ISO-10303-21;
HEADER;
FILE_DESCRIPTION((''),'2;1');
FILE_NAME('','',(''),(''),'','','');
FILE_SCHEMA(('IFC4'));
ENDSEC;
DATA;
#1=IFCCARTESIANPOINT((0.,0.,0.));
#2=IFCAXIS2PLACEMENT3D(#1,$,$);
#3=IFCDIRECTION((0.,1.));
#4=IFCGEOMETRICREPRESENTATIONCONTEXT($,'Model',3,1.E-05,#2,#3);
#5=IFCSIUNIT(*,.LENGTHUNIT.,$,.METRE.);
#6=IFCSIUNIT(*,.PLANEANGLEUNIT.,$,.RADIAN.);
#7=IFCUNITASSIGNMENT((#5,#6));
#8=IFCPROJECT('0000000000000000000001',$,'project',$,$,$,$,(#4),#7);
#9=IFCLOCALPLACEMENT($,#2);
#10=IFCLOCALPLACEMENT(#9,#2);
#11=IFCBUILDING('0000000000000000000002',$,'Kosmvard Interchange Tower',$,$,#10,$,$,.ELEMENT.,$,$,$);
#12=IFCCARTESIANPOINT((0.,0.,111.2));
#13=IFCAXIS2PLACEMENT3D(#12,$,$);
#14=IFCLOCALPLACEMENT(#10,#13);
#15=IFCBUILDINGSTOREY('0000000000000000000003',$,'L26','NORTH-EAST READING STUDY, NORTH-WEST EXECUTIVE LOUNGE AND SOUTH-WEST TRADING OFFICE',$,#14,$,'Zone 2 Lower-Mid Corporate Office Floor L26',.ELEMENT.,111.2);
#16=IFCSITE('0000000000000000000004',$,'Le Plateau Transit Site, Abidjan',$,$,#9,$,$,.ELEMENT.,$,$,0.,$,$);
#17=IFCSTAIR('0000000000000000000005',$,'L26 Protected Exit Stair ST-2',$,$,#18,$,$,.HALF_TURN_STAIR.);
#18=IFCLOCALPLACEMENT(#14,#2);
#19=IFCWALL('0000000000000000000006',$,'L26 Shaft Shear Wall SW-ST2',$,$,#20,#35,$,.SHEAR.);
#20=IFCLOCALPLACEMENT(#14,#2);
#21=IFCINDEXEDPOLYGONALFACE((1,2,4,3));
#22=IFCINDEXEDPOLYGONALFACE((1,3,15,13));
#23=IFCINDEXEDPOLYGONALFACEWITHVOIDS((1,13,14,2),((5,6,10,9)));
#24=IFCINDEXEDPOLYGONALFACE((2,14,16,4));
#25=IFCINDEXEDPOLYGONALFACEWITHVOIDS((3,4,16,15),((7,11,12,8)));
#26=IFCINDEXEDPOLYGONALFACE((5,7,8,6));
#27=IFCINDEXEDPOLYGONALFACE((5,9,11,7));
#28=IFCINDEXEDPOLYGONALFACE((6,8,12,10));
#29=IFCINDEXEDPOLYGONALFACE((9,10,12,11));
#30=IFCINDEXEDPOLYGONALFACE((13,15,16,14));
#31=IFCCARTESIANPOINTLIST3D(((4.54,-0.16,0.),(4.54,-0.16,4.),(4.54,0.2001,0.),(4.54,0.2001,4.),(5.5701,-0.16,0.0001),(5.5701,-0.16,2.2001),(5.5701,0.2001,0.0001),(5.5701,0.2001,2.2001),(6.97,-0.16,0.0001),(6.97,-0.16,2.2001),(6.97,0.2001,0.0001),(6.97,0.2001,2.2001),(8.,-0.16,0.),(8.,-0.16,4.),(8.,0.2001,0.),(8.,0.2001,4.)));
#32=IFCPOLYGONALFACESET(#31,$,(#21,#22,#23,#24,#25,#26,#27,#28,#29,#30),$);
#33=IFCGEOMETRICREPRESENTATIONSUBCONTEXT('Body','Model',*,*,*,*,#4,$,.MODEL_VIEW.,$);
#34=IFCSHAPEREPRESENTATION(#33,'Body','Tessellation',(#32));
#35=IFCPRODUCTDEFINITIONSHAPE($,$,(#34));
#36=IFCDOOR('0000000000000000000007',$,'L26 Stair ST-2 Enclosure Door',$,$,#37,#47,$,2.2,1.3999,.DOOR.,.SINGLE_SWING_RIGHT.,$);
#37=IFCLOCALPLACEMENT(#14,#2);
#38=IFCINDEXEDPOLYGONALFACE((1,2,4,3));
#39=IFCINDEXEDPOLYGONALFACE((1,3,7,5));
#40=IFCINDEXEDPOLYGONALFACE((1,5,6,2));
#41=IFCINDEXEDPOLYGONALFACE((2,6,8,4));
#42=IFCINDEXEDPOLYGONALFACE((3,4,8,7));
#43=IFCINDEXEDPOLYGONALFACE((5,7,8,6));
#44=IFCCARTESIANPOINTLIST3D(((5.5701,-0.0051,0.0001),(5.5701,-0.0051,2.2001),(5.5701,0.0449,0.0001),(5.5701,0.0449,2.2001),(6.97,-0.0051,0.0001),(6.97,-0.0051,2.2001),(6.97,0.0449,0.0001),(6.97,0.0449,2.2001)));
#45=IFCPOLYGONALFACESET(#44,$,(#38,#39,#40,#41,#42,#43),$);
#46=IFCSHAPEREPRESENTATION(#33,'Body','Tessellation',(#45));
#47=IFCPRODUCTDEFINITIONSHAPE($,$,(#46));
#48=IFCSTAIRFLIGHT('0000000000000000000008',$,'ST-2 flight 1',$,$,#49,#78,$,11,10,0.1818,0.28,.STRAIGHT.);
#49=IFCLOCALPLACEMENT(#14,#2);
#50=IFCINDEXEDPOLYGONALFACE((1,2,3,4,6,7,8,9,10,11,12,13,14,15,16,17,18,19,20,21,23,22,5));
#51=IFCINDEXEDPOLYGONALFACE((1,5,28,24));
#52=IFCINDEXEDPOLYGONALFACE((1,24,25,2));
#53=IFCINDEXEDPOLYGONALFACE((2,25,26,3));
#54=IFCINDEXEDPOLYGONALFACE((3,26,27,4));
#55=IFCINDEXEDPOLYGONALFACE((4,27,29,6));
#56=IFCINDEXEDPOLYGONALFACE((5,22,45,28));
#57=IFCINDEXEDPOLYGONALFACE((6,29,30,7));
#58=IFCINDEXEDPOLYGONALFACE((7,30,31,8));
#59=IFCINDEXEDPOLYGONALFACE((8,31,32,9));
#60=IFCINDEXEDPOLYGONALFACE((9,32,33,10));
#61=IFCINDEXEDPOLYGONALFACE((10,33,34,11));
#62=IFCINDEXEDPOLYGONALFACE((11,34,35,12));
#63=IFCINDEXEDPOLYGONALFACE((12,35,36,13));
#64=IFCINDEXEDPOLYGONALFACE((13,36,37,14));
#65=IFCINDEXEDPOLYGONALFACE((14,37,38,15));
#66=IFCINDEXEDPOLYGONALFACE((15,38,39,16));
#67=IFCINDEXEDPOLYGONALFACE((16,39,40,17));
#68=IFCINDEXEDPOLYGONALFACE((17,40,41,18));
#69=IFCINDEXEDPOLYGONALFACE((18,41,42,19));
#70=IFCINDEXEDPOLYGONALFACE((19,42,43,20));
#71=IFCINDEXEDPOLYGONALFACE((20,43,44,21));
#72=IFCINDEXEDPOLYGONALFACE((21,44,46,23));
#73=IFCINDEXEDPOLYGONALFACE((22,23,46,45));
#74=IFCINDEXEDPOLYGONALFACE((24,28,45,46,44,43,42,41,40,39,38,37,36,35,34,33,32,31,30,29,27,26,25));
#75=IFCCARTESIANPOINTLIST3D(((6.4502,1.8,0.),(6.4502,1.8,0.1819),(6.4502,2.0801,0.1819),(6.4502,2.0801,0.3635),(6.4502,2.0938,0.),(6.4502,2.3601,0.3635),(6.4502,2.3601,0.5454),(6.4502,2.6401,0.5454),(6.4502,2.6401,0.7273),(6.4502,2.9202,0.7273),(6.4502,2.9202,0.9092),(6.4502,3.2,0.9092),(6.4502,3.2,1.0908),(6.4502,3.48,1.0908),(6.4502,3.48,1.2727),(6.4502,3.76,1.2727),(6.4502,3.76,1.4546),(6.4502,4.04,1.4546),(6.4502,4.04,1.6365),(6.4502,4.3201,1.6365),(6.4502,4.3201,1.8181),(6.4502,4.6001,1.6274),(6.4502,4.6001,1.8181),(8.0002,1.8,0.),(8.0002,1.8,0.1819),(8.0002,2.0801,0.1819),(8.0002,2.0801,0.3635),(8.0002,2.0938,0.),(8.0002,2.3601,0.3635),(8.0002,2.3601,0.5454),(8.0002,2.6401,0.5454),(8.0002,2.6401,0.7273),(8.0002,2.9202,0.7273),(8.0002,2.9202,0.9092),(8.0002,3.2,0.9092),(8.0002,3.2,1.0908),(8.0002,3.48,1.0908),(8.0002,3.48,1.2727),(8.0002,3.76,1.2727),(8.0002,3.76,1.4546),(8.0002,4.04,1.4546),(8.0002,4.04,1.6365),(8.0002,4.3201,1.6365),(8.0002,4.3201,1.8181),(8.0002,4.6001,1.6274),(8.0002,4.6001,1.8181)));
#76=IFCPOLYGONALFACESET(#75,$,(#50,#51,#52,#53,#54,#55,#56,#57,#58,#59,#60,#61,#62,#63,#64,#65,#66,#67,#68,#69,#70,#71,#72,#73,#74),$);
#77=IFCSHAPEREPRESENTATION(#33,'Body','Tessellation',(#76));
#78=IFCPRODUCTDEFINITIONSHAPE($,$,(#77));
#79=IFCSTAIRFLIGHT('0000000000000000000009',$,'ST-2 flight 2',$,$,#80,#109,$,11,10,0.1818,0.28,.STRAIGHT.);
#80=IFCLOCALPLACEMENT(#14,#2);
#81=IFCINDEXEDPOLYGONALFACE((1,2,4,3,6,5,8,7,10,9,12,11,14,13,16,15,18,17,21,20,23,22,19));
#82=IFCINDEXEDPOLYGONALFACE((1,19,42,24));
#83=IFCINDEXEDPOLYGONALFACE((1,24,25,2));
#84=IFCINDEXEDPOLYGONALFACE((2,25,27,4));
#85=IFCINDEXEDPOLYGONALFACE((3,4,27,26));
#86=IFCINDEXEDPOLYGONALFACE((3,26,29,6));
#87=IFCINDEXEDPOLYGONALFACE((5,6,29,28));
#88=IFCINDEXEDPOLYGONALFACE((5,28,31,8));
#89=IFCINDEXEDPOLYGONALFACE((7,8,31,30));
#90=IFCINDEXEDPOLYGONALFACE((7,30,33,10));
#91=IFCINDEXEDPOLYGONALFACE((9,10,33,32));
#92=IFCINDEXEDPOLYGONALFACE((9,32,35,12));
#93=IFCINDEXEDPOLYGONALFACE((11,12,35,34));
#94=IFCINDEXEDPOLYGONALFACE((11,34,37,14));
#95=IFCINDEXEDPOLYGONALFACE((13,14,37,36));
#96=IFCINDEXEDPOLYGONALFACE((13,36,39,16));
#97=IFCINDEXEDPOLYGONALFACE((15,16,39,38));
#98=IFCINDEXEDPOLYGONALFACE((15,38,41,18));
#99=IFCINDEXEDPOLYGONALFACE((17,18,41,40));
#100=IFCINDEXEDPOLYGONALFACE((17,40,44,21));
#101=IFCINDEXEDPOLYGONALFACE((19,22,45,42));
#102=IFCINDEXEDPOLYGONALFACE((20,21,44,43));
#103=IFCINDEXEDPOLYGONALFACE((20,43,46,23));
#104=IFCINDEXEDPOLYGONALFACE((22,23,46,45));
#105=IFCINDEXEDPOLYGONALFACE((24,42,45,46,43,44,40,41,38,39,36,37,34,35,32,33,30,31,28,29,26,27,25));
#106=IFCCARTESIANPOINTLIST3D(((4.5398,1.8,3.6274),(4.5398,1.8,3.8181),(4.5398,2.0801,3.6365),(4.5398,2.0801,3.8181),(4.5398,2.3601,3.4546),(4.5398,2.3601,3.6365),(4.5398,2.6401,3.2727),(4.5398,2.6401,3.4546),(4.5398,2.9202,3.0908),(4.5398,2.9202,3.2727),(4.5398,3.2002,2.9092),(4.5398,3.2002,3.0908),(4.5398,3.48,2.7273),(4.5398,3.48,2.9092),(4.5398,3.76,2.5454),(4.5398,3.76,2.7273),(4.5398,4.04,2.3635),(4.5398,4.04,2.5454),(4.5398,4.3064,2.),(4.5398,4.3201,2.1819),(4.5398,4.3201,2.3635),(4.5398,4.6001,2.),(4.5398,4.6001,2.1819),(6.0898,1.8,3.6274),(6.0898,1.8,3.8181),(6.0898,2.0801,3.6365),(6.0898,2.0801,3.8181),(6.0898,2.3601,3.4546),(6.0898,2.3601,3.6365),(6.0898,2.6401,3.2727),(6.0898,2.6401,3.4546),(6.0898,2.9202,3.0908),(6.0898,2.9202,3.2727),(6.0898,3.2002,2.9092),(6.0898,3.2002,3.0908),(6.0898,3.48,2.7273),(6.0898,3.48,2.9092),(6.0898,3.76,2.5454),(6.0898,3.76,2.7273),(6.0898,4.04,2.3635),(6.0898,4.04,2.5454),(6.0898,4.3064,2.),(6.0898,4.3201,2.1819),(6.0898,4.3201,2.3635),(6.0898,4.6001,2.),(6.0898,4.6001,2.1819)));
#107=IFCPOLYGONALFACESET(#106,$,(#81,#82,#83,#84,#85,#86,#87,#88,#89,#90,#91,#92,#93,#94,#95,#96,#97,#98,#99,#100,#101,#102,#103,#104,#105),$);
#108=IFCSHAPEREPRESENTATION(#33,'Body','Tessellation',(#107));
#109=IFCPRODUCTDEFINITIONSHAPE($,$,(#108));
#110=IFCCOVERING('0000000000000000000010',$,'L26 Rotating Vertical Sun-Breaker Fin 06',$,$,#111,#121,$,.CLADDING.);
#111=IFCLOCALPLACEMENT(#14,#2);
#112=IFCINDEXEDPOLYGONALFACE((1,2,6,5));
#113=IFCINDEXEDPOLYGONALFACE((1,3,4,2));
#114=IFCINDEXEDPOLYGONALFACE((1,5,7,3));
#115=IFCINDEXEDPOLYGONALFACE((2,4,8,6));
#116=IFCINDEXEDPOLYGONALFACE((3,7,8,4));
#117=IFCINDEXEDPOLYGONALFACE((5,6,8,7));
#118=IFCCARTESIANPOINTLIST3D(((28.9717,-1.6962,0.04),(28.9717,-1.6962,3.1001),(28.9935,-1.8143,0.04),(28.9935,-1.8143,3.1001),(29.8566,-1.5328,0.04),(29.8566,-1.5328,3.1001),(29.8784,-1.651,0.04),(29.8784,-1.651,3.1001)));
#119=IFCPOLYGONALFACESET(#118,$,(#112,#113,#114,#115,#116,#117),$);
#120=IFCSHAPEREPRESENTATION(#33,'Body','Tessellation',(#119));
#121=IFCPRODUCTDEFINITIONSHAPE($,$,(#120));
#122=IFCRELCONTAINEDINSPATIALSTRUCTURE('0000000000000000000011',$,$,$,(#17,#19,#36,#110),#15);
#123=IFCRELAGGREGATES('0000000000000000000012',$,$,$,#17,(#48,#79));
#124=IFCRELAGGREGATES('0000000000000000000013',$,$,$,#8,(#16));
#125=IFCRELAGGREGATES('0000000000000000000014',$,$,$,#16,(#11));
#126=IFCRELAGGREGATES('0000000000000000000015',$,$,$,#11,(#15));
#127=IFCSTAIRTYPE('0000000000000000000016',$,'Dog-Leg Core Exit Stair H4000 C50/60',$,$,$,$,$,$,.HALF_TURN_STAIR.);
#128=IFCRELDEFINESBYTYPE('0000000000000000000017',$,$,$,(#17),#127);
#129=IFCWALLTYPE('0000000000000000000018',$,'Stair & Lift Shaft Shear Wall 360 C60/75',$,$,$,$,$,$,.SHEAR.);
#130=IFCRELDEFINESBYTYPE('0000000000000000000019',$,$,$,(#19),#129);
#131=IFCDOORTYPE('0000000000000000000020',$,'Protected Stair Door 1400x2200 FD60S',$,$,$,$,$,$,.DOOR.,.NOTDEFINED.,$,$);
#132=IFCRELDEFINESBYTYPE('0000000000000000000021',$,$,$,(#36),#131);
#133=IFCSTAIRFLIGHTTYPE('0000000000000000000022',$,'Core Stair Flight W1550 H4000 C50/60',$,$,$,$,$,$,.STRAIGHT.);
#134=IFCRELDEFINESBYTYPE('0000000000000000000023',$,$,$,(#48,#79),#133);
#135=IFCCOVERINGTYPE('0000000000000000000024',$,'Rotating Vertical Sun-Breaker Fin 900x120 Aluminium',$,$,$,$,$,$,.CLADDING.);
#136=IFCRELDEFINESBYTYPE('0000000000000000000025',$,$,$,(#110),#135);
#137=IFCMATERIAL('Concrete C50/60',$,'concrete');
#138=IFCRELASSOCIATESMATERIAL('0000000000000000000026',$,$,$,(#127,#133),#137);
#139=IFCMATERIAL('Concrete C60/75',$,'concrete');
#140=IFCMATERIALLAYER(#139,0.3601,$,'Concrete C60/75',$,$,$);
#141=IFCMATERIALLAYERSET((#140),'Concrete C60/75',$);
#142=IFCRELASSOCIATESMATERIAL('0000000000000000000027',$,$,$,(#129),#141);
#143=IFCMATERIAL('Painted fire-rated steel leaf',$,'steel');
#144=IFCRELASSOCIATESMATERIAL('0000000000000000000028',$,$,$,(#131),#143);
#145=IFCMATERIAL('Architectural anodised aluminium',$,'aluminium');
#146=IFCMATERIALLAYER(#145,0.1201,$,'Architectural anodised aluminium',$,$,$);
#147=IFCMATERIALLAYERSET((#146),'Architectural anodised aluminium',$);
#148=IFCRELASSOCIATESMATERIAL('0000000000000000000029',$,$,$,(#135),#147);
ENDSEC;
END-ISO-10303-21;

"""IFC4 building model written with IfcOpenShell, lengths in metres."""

from ifc_helpers import new_model, si_unit, direction, frame, frame_2d, origin, origin_2d, place, context, subcontext, project, spatial, polyline, rectangle, outline, extrude, source, transform, mapped, material, layer, layer_set, type_object, element, fill, aggregate, save


model = new_model("IFC4")

# Units and contexts
model_context = context("Model", 3, precision=1e-05, world=origin(), true_north=direction((0.0, 1.0)))
body_context = subcontext(model_context, "Body", "Model", "MODEL_VIEW")
ifc_project = project(units=[si_unit("LENGTHUNIT", "METRE"), si_unit("PLANEANGLEUNIT", "RADIAN")], contexts=[model_context])

# Site, building, storey
site_placement = place(None, origin())
site = spatial("IfcSite", under=ifc_project, at=site_placement, Name="Le Plateau Transit Site, Abidjan", CompositionType="ELEMENT", RefElevation=0.0)
building_placement = place(site_placement, origin())
building = spatial("IfcBuilding", under=site, at=building_placement, Name="Kosmvard Interchange Tower", CompositionType="ELEMENT")
storey_placement = place(building_placement, frame((0.0, 0.0, 111.2)))
storey = spatial("IfcBuildingStorey", under=building, at=storey_placement, Name="L26", Description="NORTH-EAST READING STUDY, NORTH-WEST EXECUTIVE LOUNGE AND SOUTH-WEST TRADING OFFICE", LongName="Zone 2 Lower-Mid Corporate Office Floor L26", CompositionType="ELEMENT", Elevation=111.2)

# Shared definitions
ifc_material_1 = material(Name="Concrete C60/75", Category="concrete")

# Shared definitions
ifc_material_2 = material(Name="Concrete C50/60", Category="concrete")

# Stair
stair_type = type_object("IfcStairType", Name="Dog-Leg Core Exit Stair H4000 C50/60", PredefinedType="HALF_TURN_STAIR", material=ifc_material_2)
stair_1_placement = place(storey_placement, origin())
stair_1 = element("IfcStair", 1, at=stair_1_placement, inside=storey, type_object=stair_type, Name="L26 Protected Exit Stair ST-2", PredefinedType="HALF_TURN_STAIR")

# Wall, opening, door
ifc_layer_1 = layer(ifc_material_1, 0.3601, Name="Concrete C60/75")
ifc_layer_set_1 = layer_set([ifc_layer_1], Name="Concrete C60/75")
wall_type_1 = type_object("IfcWallType", Name="Stair & Lift Shaft Shear Wall 360 C60/75", PredefinedType="SHEAR", material=ifc_layer_set_1)
wall_1_placement = place(storey_placement, frame((4.54, 0.02, 0.0), z_axis=(0.0, 0.0, 1.0), x_axis=(1.0, 0.0, 0.0)))
wall_1 = element("IfcWall", 2, at=wall_1_placement, inside=storey, type_object=wall_type_1, Name="L26 Shaft Shear Wall SW-ST2", PredefinedType="SHEAR", context=body_context, shape_type="SweptSolid", body=[
    extrude(rectangle(XDim=3.46, YDim=0.3601, at=frame_2d((1.73, 0.0))), origin(), (0.0, 0.0, 1.0), 4.0),
])
opening_1_placement = place(wall_1_placement, frame((1.03, 0.0, 0.0)))
opening_1 = element("IfcOpeningElement", 3, at=opening_1_placement, cuts=wall_1, PredefinedType="OPENING", context=body_context, shape_type="SweptSolid", body=[
    extrude(rectangle(XDim=1.3999, YDim=2.2, at=frame_2d((0.7, 1.1001))), frame((0.0, 0.1899, 0.0), z_axis=(0.0, -1.0, 0.0), x_axis=(1.0, 0.0, 0.0)), (0.0, 0.0, 1.0), 0.3801),
])
ifc_material_3 = material(Name="Painted fire-rated steel leaf", Category="steel")
door_type_1 = type_object("IfcDoorType", Name="Protected Stair Door 1400x2200 FD60S", OperationType="NOTDEFINED", PredefinedType="DOOR", material=ifc_material_3)
shared_shape_1 = source(origin(), body_context, "Body", "SweptSolid", [
    extrude(rectangle(XDim=1.3999, YDim=2.2, at=frame_2d((0.7, 1.1001))), frame((0.0, 0.0249, 0.0), z_axis=(0.0, -1.0, 0.0), x_axis=(1.0, 0.0, 0.0)), (0.0, 0.0, 1.0), 0.05),
])
door_1_placement = place(opening_1_placement, origin())
door_1 = element("IfcDoor", 4, at=door_1_placement, inside=storey, type_object=door_type_1, Name="L26 Stair ST-2 Enclosure Door", OperationType="SINGLE_SWING_RIGHT", OverallHeight=2.2, OverallWidth=1.3999, PredefinedType="DOOR", context=body_context, shape_type="MappedRepresentation", body=[
    mapped(shared_shape_1, transform((0.0, 0.0, 0.0), scale=1.0)),
])
fill(opening_1, door_1)

# Stair flights
stair_flight_type = type_object("IfcStairFlightType", Name="Core Stair Flight W1550 H4000 C50/60", PredefinedType="STRAIGHT", material=ifc_material_2)
shared_shape_2 = source(origin(), body_context, "Body", "SweptSolid", [
    extrude(outline(polyline([(0.0, 0.0), (0.0, 0.1819), (0.28, 0.1819), (0.28, 0.3635), (0.5601, 0.3635), (0.5601, 0.5454), (0.8401, 0.5454), (0.8401, 0.7273), (1.1201, 0.7273), (1.1201, 0.9092), (1.3999, 0.9092), (1.3999, 1.0908), (1.6799, 1.0908), (1.6799, 1.2727), (1.96, 1.2727), (1.96, 1.4546), (2.24, 1.4546), (2.24, 1.6365), (2.52, 1.6365), (2.52, 1.8181), (2.8, 1.8181), (2.8, 2.0), (2.8, 1.6274), (0.2937, 0.0), (0.0, 0.0)])), frame((0.0, 0.7749, 0.0), z_axis=(0.0, -1.0, 0.0), x_axis=(1.0, 0.0, 0.0)), (0.0, 0.0, 1.0), 1.55),
])
stair_flight_1_placement = place(storey_placement, frame((7.2251, 1.8, 0.0), z_axis=(0.0, 0.0, 1.0), x_axis=(0.0, 1.0, 0.0)))
stair_flight_1 = element("IfcStairFlight", 5, at=stair_flight_1_placement, type_object=stair_flight_type, Name="ST-2 flight 1", NumberOfRisers=11, NumberOfTreads=10, PredefinedType="STRAIGHT", RiserHeight=0.1818, TreadLength=0.28, context=body_context, shape_type="MappedRepresentation", body=[
    mapped(shared_shape_2, transform((0.0, 0.0, 0.0), scale=1.0)),
])
stair_flight_2_placement = place(storey_placement, frame((5.3149, 4.6001, 2.0), z_axis=(0.0, 0.0, 1.0), x_axis=(0.0, -1.0, 0.0)))
stair_flight_2 = element("IfcStairFlight", 6, at=stair_flight_2_placement, type_object=stair_flight_type, Name="ST-2 flight 2", NumberOfRisers=11, NumberOfTreads=10, PredefinedType="STRAIGHT", RiserHeight=0.1818, TreadLength=0.28, context=body_context, shape_type="MappedRepresentation", body=[
    mapped(shared_shape_2, transform((0.0, 0.0, 0.0), scale=1.0)),
])
aggregate(stair_1, [stair_flight_1, stair_flight_2])

# Covering
ifc_material_4 = material(Name="Architectural anodised aluminium", Category="aluminium")
ifc_layer_2 = layer(ifc_material_4, 0.1201, Name="Architectural anodised aluminium")
ifc_layer_set_2 = layer_set([ifc_layer_2], Name="Architectural anodised aluminium")
covering_type = type_object("IfcCoveringType", Name="Rotating Vertical Sun-Breaker Fin 900x120 Aluminium", PredefinedType="CLADDING", material=ifc_layer_set_2)
shared_shape_3 = source(origin(), body_context, "Body", "SweptSolid", [
    extrude(rectangle(XDim=0.8999, YDim=0.1201, at=origin_2d()), origin(), (0.0, 0.0, 1.0), 3.0601),
])
covering_placement = place(storey_placement, frame((29.425, -1.6736, 0.04), z_axis=(0.0, 0.0, 1.0), x_axis=(0.983382, 0.181549, 0.0)))
element("IfcCovering", 7, at=covering_placement, inside=storey, type_object=covering_type, Name="L26 Rotating Vertical Sun-Breaker Fin 06", PredefinedType="CLADDING", context=body_context, shape_type="MappedRepresentation", body=[
    mapped(shared_shape_3, transform((0.0, 0.0, 0.0), scale=1.0)),
])

save(model, "model.ifc")
